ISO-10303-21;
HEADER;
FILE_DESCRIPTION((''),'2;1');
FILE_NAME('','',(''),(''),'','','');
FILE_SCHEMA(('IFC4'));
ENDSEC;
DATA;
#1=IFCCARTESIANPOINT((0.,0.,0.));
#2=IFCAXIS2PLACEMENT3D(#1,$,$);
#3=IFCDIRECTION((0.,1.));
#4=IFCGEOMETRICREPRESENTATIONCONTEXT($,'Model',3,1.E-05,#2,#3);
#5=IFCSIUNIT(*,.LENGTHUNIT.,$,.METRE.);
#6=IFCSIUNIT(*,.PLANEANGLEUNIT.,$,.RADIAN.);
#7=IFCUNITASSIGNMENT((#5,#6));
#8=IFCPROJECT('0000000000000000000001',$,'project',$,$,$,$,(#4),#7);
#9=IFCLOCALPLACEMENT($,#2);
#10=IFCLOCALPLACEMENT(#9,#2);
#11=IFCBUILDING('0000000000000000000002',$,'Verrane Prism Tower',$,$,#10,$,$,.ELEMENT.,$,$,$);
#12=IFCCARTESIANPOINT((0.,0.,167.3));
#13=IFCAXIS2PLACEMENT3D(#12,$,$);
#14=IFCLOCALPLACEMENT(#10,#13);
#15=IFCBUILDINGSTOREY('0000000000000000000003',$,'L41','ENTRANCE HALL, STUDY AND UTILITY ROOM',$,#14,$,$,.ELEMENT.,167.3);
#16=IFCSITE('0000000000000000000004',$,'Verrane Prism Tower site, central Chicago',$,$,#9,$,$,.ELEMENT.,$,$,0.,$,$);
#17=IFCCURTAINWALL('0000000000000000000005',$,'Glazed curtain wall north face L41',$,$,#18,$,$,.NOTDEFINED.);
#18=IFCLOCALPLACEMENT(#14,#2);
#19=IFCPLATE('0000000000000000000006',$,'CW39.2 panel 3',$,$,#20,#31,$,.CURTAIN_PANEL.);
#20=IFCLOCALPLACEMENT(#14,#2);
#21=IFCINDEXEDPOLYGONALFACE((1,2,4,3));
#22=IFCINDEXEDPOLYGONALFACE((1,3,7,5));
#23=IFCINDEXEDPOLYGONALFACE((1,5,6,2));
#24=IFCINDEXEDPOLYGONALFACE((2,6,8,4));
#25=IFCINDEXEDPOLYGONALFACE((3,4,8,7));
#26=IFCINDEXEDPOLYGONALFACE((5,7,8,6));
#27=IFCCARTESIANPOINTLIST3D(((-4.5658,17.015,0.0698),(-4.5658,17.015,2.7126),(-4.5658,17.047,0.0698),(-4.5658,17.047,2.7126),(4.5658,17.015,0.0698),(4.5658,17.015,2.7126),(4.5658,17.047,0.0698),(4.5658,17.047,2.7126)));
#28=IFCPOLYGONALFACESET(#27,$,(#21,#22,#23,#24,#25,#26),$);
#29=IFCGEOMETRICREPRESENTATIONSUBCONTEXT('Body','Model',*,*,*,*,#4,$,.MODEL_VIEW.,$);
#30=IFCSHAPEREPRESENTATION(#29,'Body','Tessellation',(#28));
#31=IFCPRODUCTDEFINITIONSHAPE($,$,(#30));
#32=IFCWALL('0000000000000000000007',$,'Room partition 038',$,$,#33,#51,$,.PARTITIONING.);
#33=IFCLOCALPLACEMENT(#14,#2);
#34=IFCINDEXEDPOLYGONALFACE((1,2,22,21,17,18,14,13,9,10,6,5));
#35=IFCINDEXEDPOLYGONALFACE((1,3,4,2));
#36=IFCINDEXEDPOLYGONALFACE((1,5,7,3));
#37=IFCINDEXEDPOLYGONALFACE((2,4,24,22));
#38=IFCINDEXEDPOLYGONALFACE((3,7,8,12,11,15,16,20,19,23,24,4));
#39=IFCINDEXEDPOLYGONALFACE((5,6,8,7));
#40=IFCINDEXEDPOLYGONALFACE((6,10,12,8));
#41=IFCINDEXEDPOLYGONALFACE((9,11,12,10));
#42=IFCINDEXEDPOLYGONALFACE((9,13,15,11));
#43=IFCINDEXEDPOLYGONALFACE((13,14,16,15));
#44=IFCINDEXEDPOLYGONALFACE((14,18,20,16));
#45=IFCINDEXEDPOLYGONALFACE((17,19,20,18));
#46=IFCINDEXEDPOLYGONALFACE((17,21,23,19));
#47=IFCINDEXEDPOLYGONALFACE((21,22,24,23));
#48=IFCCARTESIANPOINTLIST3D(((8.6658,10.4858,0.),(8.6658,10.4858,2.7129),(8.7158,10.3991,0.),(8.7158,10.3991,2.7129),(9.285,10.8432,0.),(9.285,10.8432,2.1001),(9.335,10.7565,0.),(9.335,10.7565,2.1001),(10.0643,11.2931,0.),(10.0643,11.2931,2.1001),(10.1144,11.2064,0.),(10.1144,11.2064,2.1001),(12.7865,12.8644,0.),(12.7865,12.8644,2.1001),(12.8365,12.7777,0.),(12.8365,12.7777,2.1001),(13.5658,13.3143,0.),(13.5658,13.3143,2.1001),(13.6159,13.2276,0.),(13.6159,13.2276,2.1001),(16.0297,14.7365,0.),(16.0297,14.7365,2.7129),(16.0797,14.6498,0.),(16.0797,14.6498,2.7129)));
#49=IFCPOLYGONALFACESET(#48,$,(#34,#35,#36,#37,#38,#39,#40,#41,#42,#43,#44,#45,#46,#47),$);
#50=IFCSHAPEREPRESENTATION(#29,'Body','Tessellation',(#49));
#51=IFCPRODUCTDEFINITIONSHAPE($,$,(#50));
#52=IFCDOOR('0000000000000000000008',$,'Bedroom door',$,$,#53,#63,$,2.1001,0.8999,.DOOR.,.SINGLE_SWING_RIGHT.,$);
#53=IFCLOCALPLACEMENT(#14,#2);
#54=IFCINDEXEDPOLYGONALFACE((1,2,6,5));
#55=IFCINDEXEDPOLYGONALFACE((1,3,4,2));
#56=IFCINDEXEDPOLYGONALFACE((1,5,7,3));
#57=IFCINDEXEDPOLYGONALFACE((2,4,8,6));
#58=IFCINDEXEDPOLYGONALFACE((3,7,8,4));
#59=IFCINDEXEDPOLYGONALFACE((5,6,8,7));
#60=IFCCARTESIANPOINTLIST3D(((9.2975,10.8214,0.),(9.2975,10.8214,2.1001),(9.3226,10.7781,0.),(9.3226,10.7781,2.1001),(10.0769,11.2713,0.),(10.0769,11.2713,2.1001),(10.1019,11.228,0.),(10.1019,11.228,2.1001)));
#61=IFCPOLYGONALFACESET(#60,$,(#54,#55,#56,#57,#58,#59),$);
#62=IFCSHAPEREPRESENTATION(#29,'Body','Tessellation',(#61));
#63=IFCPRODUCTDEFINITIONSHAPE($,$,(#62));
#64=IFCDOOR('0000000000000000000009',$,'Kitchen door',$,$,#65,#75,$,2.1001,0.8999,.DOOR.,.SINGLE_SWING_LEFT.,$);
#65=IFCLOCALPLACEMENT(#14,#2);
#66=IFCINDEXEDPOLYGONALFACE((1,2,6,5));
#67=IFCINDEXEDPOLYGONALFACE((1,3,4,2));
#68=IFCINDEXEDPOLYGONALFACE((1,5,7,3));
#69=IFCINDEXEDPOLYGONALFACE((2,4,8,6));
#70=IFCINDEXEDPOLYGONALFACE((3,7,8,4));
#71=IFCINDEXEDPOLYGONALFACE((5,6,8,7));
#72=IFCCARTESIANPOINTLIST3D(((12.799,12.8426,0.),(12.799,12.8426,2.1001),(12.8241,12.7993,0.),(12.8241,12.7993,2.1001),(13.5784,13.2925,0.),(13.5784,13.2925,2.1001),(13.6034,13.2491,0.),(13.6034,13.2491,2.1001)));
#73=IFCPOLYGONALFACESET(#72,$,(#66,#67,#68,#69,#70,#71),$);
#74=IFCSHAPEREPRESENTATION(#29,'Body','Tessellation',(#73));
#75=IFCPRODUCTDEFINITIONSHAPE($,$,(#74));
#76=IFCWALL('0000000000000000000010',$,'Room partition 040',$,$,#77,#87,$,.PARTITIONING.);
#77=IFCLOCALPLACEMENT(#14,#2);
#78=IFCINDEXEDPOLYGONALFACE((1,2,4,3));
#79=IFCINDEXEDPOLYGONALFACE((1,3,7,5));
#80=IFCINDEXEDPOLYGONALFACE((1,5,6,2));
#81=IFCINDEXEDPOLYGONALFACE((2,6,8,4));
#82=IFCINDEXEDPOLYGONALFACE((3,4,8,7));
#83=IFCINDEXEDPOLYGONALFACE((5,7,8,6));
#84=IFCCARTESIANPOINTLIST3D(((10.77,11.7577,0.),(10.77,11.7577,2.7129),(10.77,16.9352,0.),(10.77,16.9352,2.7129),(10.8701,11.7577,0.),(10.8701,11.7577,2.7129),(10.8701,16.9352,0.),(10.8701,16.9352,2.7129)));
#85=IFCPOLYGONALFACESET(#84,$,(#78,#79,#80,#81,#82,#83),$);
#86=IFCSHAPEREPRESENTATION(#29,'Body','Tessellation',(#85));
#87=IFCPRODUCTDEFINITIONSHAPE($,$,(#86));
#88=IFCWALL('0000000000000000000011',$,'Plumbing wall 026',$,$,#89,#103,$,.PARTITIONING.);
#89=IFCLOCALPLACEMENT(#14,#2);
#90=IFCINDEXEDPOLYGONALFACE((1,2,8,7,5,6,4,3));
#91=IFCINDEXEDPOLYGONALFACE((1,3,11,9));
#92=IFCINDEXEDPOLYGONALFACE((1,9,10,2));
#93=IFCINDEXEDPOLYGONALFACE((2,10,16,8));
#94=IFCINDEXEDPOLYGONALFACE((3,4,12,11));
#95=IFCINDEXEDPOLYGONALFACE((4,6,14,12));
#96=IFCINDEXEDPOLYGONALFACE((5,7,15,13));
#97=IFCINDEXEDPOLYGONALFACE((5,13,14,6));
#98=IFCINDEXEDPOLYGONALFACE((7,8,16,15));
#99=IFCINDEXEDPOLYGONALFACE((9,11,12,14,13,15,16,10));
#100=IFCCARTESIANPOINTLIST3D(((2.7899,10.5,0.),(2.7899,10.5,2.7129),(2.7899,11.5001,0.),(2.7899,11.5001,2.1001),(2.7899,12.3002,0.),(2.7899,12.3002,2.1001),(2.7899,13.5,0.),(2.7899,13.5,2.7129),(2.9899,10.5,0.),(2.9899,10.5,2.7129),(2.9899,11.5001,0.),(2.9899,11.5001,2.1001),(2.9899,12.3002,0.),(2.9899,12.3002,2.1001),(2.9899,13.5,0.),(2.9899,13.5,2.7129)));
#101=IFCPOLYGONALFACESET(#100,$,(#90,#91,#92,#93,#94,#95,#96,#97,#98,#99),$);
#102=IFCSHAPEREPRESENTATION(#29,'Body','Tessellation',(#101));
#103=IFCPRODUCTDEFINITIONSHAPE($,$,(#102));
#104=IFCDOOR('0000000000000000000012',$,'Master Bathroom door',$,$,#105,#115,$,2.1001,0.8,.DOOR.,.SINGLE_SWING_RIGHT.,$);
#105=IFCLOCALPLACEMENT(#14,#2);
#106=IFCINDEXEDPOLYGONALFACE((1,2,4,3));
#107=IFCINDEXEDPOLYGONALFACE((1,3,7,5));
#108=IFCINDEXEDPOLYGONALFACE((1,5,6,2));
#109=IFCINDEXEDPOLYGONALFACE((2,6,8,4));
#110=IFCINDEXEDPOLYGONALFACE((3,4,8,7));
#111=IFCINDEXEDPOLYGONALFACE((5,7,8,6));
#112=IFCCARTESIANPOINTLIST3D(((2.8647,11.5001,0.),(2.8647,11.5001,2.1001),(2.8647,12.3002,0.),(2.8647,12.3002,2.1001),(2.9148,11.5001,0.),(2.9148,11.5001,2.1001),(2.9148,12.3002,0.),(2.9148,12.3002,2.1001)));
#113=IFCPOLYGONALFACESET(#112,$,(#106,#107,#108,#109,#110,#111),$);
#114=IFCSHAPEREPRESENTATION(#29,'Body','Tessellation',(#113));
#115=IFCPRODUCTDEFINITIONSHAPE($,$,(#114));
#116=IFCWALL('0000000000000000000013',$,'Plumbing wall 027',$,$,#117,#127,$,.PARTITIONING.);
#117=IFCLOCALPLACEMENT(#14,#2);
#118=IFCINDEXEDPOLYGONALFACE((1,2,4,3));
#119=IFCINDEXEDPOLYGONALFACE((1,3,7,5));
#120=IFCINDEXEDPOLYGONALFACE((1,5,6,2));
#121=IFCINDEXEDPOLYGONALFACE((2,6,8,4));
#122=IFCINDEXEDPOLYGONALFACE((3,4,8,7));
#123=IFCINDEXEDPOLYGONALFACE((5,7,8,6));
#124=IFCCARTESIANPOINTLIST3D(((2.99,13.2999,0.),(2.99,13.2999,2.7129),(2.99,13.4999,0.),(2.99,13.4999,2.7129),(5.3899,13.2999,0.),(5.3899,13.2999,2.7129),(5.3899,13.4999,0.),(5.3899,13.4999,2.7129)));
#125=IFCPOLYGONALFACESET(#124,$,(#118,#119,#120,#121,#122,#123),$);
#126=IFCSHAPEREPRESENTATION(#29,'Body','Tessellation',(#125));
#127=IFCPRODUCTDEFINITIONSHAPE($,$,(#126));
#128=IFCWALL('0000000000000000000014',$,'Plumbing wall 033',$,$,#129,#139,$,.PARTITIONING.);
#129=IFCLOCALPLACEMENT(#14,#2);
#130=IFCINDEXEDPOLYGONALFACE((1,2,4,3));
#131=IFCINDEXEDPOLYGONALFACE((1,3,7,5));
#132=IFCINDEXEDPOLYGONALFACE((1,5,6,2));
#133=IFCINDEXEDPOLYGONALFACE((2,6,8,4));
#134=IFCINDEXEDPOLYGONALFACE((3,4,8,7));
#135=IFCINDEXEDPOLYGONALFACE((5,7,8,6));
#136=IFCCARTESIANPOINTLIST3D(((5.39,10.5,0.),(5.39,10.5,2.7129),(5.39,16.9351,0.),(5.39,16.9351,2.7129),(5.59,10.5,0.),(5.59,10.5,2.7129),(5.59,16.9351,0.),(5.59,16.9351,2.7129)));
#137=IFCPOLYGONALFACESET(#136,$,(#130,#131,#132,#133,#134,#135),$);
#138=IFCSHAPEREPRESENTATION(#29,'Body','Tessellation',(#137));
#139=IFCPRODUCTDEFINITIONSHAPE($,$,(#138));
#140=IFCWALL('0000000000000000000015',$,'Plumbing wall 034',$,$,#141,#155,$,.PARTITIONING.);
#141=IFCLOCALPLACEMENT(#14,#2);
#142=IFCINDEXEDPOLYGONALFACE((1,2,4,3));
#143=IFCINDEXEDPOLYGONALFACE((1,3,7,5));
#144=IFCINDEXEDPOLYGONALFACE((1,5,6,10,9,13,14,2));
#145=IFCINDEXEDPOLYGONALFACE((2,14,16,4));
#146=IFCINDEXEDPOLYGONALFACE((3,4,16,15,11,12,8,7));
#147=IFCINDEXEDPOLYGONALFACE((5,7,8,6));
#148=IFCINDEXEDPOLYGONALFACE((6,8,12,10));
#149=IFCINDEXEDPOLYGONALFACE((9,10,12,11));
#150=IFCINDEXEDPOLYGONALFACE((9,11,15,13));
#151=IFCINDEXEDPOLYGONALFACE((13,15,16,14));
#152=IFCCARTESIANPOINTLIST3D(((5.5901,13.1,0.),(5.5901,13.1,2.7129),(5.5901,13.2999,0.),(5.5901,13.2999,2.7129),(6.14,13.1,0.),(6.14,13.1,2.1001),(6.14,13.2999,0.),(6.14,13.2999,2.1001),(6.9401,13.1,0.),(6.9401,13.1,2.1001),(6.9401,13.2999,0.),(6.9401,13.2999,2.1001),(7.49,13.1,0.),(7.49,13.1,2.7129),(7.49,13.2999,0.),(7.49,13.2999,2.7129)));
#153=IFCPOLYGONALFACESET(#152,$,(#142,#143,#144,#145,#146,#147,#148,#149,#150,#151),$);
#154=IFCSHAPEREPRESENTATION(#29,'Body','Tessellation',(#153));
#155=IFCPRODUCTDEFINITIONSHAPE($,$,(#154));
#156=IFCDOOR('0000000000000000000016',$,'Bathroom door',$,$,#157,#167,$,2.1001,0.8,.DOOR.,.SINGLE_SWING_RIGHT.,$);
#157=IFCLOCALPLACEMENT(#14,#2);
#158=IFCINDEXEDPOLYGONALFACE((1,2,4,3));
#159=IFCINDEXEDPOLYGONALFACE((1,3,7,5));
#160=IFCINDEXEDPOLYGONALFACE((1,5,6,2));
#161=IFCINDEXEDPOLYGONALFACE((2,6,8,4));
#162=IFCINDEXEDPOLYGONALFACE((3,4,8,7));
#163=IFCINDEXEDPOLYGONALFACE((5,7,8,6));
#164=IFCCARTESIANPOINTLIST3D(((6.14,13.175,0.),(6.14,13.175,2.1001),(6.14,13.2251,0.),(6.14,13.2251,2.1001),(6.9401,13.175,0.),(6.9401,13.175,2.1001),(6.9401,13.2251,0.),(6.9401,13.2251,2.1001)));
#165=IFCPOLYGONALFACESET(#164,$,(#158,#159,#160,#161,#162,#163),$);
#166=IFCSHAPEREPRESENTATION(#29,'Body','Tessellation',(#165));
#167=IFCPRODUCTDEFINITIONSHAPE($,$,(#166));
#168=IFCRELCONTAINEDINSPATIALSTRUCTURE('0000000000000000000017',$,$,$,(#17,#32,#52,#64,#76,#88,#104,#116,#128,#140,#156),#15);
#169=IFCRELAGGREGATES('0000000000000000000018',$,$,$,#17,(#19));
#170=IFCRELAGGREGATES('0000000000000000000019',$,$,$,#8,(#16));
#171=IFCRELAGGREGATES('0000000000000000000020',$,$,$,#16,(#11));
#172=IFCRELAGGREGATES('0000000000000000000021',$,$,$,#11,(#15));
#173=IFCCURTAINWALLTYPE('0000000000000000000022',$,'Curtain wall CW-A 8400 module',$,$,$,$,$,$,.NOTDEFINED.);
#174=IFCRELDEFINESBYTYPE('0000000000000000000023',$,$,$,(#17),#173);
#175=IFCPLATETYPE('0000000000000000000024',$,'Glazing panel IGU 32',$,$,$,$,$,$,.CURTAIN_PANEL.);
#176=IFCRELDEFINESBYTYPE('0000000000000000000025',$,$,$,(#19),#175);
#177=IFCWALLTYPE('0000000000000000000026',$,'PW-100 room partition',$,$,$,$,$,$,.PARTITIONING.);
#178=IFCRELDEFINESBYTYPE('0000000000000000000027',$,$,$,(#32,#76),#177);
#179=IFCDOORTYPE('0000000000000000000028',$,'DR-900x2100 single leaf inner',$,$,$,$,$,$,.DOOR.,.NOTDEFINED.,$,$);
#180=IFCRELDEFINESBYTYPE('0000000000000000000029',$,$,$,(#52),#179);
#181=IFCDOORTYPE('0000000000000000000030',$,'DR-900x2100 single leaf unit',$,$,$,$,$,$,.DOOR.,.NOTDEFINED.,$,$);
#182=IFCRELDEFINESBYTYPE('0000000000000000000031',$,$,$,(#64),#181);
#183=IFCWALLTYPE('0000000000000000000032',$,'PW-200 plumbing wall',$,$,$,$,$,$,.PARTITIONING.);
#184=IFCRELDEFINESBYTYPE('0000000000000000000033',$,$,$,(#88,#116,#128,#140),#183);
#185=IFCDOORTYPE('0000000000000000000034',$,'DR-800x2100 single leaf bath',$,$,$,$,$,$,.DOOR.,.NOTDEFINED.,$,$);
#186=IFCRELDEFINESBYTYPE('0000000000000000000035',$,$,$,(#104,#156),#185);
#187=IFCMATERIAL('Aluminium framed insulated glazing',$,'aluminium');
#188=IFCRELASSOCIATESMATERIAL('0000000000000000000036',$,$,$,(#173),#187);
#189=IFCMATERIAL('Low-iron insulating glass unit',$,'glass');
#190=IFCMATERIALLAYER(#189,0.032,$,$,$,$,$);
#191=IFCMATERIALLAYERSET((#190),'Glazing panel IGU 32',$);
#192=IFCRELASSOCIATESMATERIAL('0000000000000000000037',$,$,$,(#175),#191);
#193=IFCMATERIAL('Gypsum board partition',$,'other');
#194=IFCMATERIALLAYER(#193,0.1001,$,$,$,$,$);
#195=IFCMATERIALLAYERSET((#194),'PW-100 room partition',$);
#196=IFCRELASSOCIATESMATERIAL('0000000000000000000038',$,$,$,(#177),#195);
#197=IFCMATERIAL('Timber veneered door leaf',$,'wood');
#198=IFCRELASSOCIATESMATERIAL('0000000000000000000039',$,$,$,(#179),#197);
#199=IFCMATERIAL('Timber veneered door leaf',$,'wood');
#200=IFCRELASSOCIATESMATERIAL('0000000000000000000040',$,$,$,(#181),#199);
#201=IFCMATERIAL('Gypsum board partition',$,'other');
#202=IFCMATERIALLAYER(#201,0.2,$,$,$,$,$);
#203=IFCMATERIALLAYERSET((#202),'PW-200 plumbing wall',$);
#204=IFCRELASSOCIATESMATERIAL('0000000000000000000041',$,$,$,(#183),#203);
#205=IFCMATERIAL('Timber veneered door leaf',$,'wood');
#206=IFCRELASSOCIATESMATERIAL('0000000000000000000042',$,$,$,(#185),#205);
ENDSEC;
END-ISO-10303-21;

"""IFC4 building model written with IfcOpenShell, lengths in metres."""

from ifc_helpers import new_model, si_unit, direction, frame, frame_2d, origin, origin_2d, place, context, subcontext, project, spatial, rectangle, extrude, material, layer, layer_set, type_object, element, fill, aggregate, save


model = new_model("IFC4")

# Units and contexts
model_context = context("Model", 3, precision=1e-05, world=origin(), true_north=direction((0.0, 1.0)))
body_context = subcontext(model_context, "Body", "Model", "MODEL_VIEW")
ifc_project = project(units=[si_unit("LENGTHUNIT", "METRE"), si_unit("PLANEANGLEUNIT", "RADIAN")], contexts=[model_context])

# Site, building, storey
site_placement = place(None, origin())
site = spatial("IfcSite", under=ifc_project, at=site_placement, Name="Verrane Prism Tower site, central Chicago", CompositionType="ELEMENT", RefElevation=0.0)
building_placement = place(site_placement, origin())
building = spatial("IfcBuilding", under=site, at=building_placement, Name="Verrane Prism Tower", CompositionType="ELEMENT")
storey_placement = place(building_placement, frame((0.0, 0.0, 167.3)))
storey = spatial("IfcBuildingStorey", under=building, at=storey_placement, Name="L41", Description="ENTRANCE HALL, STUDY AND UTILITY ROOM", CompositionType="ELEMENT", Elevation=167.3)

# Curtain wall
ifc_material_1 = material(Name="Aluminium framed insulated glazing", Category="aluminium")
curtain_wall_type = type_object("IfcCurtainWallType", Name="Curtain wall CW-A 8400 module", PredefinedType="NOTDEFINED", material=ifc_material_1)
curtain_wall_placement = place(storey_placement, origin())
curtain_wall = element("IfcCurtainWall", 1, at=curtain_wall_placement, inside=storey, type_object=curtain_wall_type, Name="Glazed curtain wall north face L41", PredefinedType="NOTDEFINED")

# Plate
ifc_material_2 = material(Name="Low-iron insulating glass unit", Category="glass")
ifc_layer_1 = layer(ifc_material_2, 0.032)
ifc_layer_set_1 = layer_set([ifc_layer_1], Name="Glazing panel IGU 32")
plate_type = type_object("IfcPlateType", Name="Glazing panel IGU 32", PredefinedType="CURTAIN_PANEL", material=ifc_layer_set_1)
plate_1_placement = place(storey_placement, frame((0.0, 17.031, 0.0698), z_axis=(0.0, 0.0, 1.0), x_axis=(-1.0, 0.0, 0.0)))
plate_1 = element("IfcPlate", 2, at=plate_1_placement, type_object=plate_type, Name="CW39.2 panel 3", PredefinedType="CURTAIN_PANEL", context=body_context, shape_type="SweptSolid", body=[
    extrude(rectangle(XDim=9.1316, YDim=0.032, at=origin_2d()), origin(), (0.0, 0.0, 1.0), 2.6428),
])
aggregate(curtain_wall, [plate_1])

# Wall, openings, doors
ifc_material_3 = material(Name="Gypsum board partition", Category="other")
ifc_layer_2 = layer(ifc_material_3, 0.1001)
ifc_layer_set_2 = layer_set([ifc_layer_2], Name="PW-100 room partition")
wall_type_1 = type_object("IfcWallType", Name="PW-100 room partition", PredefinedType="PARTITIONING", material=ifc_layer_set_2)
wall_1_placement = place(storey_placement, frame((8.6907, 10.4424, 0.0), z_axis=(0.0, 0.0, 1.0), x_axis=(0.86607, 0.499922, 0.0)))
wall_1 = element("IfcWall", 3, at=wall_1_placement, inside=storey, type_object=wall_type_1, Name="Room partition 038", PredefinedType="PARTITIONING", context=body_context, shape_type="SweptSolid", body=[
    extrude(rectangle(XDim=8.5027, YDim=0.1001, at=frame_2d((4.2515, 0.0))), origin(), (0.0, 0.0, 1.0), 2.7129),
])
opening_1_placement = place(wall_1_placement, frame((4.7581, 0.0, 0.0)))
opening_1 = element("IfcOpeningElement", 4, at=opening_1_placement, cuts=wall_1, PredefinedType="OPENING", context=body_context, shape_type="SweptSolid", body=[
    extrude(rectangle(XDim=0.8999, YDim=2.1001, at=frame_2d((0.45, 1.05))), frame((0.0, 0.0601, 0.0), z_axis=(0.0, -1.0, 0.0), x_axis=(1.0, 0.0, 0.0)), (0.0, 0.0, 1.0), 0.1201),
])
opening_2_placement = place(wall_1_placement, frame((0.7151, 0.0, 0.0)))
opening_2 = element("IfcOpeningElement", 5, at=opening_2_placement, cuts=wall_1, PredefinedType="OPENING", context=body_context, shape_type="SweptSolid", body=[
    extrude(rectangle(XDim=0.8999, YDim=2.1001, at=frame_2d((0.45, 1.05))), frame((0.0, 0.0601, 0.0), z_axis=(0.0, -1.0, 0.0), x_axis=(1.0, 0.0, 0.0)), (0.0, 0.0, 1.0), 0.1201),
])
ifc_material_4 = material(Name="Timber veneered door leaf", Category="wood")
door_type_1 = type_object("IfcDoorType", Name="DR-900x2100 single leaf inner", OperationType="NOTDEFINED", PredefinedType="DOOR", material=ifc_material_4)
door_1_placement = place(opening_2_placement, origin())
door_1 = element("IfcDoor", 6, at=door_1_placement, inside=storey, type_object=door_type_1, Name="Bedroom door", OperationType="SINGLE_SWING_RIGHT", OverallHeight=2.1001, OverallWidth=0.8999, PredefinedType="DOOR", context=body_context, shape_type="SweptSolid", body=[
    extrude(rectangle(XDim=0.8999, YDim=2.1001, at=frame_2d((0.45, 1.05))), frame((0.0, 0.0249, 0.0), z_axis=(0.0, -1.0, 0.0), x_axis=(1.0, 0.0, 0.0)), (0.0, 0.0, 1.0), 0.05),
])
fill(opening_2, door_1)
ifc_material_5 = material(Name="Timber veneered door leaf", Category="wood")
door_type_2 = type_object("IfcDoorType", Name="DR-900x2100 single leaf unit", OperationType="NOTDEFINED", PredefinedType="DOOR", material=ifc_material_5)
door_2_placement = place(opening_1_placement, origin())
door_2 = element("IfcDoor", 7, at=door_2_placement, inside=storey, type_object=door_type_2, Name="Kitchen door", OperationType="SINGLE_SWING_LEFT", OverallHeight=2.1001, OverallWidth=0.8999, PredefinedType="DOOR", context=body_context, shape_type="SweptSolid", body=[
    extrude(rectangle(XDim=0.8999, YDim=2.1001, at=frame_2d((0.45, 1.05))), frame((0.0, 0.0249, 0.0), z_axis=(0.0, -1.0, 0.0), x_axis=(1.0, 0.0, 0.0)), (0.0, 0.0, 1.0), 0.05),
])
fill(opening_1, door_2)

# Wall
wall_2_placement = place(storey_placement, frame((10.8201, 11.7576, 0.0), z_axis=(0.0, 0.0, 1.0), x_axis=(0.0, 1.0, 0.0)))
element("IfcWall", 8, at=wall_2_placement, inside=storey, type_object=wall_type_1, Name="Room partition 040", PredefinedType="PARTITIONING", context=body_context, shape_type="SweptSolid", body=[
    extrude(rectangle(XDim=5.1775, YDim=0.1001, at=frame_2d((2.5889, 0.0))), origin(), (0.0, 0.0, 1.0), 2.7129),
])

# Wall, opening, door
ifc_material_6 = material(Name="Gypsum board partition", Category="other")
ifc_layer_3 = layer(ifc_material_6, 0.2)
ifc_layer_set_3 = layer_set([ifc_layer_3], Name="PW-200 plumbing wall")
wall_type_2 = type_object("IfcWallType", Name="PW-200 plumbing wall", PredefinedType="PARTITIONING", material=ifc_layer_set_3)
wall_3_placement = place(storey_placement, frame((2.8899, 13.5, 0.0), z_axis=(0.0, 0.0, 1.0), x_axis=(0.0, -1.0, 0.0)))
wall_3 = element("IfcWall", 9, at=wall_3_placement, inside=storey, type_object=wall_type_2, Name="Plumbing wall 026", PredefinedType="PARTITIONING", context=body_context, shape_type="SweptSolid", body=[
    extrude(rectangle(XDim=3.0, YDim=0.2, at=frame_2d((1.5, 0.0))), origin(), (0.0, 0.0, 1.0), 2.7129),
])
opening_3_placement = place(wall_3_placement, frame((1.2, 0.0, 0.0)))
opening_3 = element("IfcOpeningElement", 10, at=opening_3_placement, cuts=wall_3, PredefinedType="OPENING", context=body_context, shape_type="SweptSolid", body=[
    extrude(rectangle(XDim=0.8, YDim=2.1001, at=frame_2d((0.3999, 1.05))), frame((0.0, 0.1099, 0.0), z_axis=(0.0, -1.0, 0.0), x_axis=(1.0, 0.0, 0.0)), (0.0, 0.0, 1.0), 0.22),
])
ifc_material_7 = material(Name="Timber veneered door leaf", Category="wood")
door_type_3 = type_object("IfcDoorType", Name="DR-800x2100 single leaf bath", OperationType="NOTDEFINED", PredefinedType="DOOR", material=ifc_material_7)
door_3_placement = place(opening_3_placement, origin())
door_3 = element("IfcDoor", 11, at=door_3_placement, inside=storey, type_object=door_type_3, Name="Master Bathroom door", OperationType="SINGLE_SWING_RIGHT", OverallHeight=2.1001, OverallWidth=0.8, PredefinedType="DOOR", context=body_context, shape_type="SweptSolid", body=[
    extrude(rectangle(XDim=0.8, YDim=2.1001, at=frame_2d((0.3999, 1.05))), frame((0.0, 0.0249, 0.0), z_axis=(0.0, -1.0, 0.0), x_axis=(1.0, 0.0, 0.0)), (0.0, 0.0, 1.0), 0.05),
])
fill(opening_3, door_3)

# Walls
wall_4_placement = place(storey_placement, frame((2.99, 13.3999, 0.0), z_axis=(0.0, 0.0, 1.0), x_axis=(1.0, 0.0, 0.0)))
element("IfcWall", 12, at=wall_4_placement, inside=storey, type_object=wall_type_2, Name="Plumbing wall 027", PredefinedType="PARTITIONING", context=body_context, shape_type="SweptSolid", body=[
    extrude(rectangle(XDim=2.3999, YDim=0.2, at=frame_2d((1.2, 0.0))), origin(), (0.0, 0.0, 1.0), 2.7129),
])
wall_5_placement = place(storey_placement, frame((5.49, 10.5, 0.0), z_axis=(0.0, 0.0, 1.0), x_axis=(0.0, 1.0, 0.0)))
element("IfcWall", 13, at=wall_5_placement, inside=storey, type_object=wall_type_2, Name="Plumbing wall 033", PredefinedType="PARTITIONING", context=body_context, shape_type="SweptSolid", body=[
    extrude(rectangle(XDim=6.4351, YDim=0.2, at=frame_2d((3.2175, 0.0))), origin(), (0.0, 0.0, 1.0), 2.7129),
])

# Wall, opening, door
wall_6_placement = place(storey_placement, frame((7.49, 13.2, 0.0), z_axis=(0.0, 0.0, 1.0), x_axis=(-1.0, 0.0, 0.0)))
wall_6 = element("IfcWall", 14, at=wall_6_placement, inside=storey, type_object=wall_type_2, Name="Plumbing wall 034", PredefinedType="PARTITIONING", context=body_context, shape_type="SweptSolid", body=[
    extrude(rectangle(XDim=1.8999, YDim=0.2, at=frame_2d((0.95, 0.0))), origin(), (0.0, 0.0, 1.0), 2.7129),
])
opening_4_placement = place(wall_6_placement, frame((0.55, 0.0, 0.0)))
opening_4 = element("IfcOpeningElement", 15, at=opening_4_placement, cuts=wall_6, PredefinedType="OPENING", context=body_context, shape_type="SweptSolid", body=[
    extrude(rectangle(XDim=0.8, YDim=2.1001, at=frame_2d((0.3999, 1.05))), frame((0.0, 0.1099, 0.0), z_axis=(0.0, -1.0, 0.0), x_axis=(1.0, 0.0, 0.0)), (0.0, 0.0, 1.0), 0.22),
])
door_4_placement = place(opening_4_placement, origin())
door_4 = element("IfcDoor", 16, at=door_4_placement, inside=storey, type_object=door_type_3, Name="Bathroom door", OperationType="SINGLE_SWING_RIGHT", OverallHeight=2.1001, OverallWidth=0.8, PredefinedType="DOOR", context=body_context, shape_type="SweptSolid", body=[
    extrude(rectangle(XDim=0.8, YDim=2.1001, at=frame_2d((0.3999, 1.05))), frame((0.0, 0.0249, 0.0), z_axis=(0.0, -1.0, 0.0), x_axis=(1.0, 0.0, 0.0)), (0.0, 0.0, 1.0), 0.05),
])
fill(opening_4, door_4)

save(model, "model.ifc")
